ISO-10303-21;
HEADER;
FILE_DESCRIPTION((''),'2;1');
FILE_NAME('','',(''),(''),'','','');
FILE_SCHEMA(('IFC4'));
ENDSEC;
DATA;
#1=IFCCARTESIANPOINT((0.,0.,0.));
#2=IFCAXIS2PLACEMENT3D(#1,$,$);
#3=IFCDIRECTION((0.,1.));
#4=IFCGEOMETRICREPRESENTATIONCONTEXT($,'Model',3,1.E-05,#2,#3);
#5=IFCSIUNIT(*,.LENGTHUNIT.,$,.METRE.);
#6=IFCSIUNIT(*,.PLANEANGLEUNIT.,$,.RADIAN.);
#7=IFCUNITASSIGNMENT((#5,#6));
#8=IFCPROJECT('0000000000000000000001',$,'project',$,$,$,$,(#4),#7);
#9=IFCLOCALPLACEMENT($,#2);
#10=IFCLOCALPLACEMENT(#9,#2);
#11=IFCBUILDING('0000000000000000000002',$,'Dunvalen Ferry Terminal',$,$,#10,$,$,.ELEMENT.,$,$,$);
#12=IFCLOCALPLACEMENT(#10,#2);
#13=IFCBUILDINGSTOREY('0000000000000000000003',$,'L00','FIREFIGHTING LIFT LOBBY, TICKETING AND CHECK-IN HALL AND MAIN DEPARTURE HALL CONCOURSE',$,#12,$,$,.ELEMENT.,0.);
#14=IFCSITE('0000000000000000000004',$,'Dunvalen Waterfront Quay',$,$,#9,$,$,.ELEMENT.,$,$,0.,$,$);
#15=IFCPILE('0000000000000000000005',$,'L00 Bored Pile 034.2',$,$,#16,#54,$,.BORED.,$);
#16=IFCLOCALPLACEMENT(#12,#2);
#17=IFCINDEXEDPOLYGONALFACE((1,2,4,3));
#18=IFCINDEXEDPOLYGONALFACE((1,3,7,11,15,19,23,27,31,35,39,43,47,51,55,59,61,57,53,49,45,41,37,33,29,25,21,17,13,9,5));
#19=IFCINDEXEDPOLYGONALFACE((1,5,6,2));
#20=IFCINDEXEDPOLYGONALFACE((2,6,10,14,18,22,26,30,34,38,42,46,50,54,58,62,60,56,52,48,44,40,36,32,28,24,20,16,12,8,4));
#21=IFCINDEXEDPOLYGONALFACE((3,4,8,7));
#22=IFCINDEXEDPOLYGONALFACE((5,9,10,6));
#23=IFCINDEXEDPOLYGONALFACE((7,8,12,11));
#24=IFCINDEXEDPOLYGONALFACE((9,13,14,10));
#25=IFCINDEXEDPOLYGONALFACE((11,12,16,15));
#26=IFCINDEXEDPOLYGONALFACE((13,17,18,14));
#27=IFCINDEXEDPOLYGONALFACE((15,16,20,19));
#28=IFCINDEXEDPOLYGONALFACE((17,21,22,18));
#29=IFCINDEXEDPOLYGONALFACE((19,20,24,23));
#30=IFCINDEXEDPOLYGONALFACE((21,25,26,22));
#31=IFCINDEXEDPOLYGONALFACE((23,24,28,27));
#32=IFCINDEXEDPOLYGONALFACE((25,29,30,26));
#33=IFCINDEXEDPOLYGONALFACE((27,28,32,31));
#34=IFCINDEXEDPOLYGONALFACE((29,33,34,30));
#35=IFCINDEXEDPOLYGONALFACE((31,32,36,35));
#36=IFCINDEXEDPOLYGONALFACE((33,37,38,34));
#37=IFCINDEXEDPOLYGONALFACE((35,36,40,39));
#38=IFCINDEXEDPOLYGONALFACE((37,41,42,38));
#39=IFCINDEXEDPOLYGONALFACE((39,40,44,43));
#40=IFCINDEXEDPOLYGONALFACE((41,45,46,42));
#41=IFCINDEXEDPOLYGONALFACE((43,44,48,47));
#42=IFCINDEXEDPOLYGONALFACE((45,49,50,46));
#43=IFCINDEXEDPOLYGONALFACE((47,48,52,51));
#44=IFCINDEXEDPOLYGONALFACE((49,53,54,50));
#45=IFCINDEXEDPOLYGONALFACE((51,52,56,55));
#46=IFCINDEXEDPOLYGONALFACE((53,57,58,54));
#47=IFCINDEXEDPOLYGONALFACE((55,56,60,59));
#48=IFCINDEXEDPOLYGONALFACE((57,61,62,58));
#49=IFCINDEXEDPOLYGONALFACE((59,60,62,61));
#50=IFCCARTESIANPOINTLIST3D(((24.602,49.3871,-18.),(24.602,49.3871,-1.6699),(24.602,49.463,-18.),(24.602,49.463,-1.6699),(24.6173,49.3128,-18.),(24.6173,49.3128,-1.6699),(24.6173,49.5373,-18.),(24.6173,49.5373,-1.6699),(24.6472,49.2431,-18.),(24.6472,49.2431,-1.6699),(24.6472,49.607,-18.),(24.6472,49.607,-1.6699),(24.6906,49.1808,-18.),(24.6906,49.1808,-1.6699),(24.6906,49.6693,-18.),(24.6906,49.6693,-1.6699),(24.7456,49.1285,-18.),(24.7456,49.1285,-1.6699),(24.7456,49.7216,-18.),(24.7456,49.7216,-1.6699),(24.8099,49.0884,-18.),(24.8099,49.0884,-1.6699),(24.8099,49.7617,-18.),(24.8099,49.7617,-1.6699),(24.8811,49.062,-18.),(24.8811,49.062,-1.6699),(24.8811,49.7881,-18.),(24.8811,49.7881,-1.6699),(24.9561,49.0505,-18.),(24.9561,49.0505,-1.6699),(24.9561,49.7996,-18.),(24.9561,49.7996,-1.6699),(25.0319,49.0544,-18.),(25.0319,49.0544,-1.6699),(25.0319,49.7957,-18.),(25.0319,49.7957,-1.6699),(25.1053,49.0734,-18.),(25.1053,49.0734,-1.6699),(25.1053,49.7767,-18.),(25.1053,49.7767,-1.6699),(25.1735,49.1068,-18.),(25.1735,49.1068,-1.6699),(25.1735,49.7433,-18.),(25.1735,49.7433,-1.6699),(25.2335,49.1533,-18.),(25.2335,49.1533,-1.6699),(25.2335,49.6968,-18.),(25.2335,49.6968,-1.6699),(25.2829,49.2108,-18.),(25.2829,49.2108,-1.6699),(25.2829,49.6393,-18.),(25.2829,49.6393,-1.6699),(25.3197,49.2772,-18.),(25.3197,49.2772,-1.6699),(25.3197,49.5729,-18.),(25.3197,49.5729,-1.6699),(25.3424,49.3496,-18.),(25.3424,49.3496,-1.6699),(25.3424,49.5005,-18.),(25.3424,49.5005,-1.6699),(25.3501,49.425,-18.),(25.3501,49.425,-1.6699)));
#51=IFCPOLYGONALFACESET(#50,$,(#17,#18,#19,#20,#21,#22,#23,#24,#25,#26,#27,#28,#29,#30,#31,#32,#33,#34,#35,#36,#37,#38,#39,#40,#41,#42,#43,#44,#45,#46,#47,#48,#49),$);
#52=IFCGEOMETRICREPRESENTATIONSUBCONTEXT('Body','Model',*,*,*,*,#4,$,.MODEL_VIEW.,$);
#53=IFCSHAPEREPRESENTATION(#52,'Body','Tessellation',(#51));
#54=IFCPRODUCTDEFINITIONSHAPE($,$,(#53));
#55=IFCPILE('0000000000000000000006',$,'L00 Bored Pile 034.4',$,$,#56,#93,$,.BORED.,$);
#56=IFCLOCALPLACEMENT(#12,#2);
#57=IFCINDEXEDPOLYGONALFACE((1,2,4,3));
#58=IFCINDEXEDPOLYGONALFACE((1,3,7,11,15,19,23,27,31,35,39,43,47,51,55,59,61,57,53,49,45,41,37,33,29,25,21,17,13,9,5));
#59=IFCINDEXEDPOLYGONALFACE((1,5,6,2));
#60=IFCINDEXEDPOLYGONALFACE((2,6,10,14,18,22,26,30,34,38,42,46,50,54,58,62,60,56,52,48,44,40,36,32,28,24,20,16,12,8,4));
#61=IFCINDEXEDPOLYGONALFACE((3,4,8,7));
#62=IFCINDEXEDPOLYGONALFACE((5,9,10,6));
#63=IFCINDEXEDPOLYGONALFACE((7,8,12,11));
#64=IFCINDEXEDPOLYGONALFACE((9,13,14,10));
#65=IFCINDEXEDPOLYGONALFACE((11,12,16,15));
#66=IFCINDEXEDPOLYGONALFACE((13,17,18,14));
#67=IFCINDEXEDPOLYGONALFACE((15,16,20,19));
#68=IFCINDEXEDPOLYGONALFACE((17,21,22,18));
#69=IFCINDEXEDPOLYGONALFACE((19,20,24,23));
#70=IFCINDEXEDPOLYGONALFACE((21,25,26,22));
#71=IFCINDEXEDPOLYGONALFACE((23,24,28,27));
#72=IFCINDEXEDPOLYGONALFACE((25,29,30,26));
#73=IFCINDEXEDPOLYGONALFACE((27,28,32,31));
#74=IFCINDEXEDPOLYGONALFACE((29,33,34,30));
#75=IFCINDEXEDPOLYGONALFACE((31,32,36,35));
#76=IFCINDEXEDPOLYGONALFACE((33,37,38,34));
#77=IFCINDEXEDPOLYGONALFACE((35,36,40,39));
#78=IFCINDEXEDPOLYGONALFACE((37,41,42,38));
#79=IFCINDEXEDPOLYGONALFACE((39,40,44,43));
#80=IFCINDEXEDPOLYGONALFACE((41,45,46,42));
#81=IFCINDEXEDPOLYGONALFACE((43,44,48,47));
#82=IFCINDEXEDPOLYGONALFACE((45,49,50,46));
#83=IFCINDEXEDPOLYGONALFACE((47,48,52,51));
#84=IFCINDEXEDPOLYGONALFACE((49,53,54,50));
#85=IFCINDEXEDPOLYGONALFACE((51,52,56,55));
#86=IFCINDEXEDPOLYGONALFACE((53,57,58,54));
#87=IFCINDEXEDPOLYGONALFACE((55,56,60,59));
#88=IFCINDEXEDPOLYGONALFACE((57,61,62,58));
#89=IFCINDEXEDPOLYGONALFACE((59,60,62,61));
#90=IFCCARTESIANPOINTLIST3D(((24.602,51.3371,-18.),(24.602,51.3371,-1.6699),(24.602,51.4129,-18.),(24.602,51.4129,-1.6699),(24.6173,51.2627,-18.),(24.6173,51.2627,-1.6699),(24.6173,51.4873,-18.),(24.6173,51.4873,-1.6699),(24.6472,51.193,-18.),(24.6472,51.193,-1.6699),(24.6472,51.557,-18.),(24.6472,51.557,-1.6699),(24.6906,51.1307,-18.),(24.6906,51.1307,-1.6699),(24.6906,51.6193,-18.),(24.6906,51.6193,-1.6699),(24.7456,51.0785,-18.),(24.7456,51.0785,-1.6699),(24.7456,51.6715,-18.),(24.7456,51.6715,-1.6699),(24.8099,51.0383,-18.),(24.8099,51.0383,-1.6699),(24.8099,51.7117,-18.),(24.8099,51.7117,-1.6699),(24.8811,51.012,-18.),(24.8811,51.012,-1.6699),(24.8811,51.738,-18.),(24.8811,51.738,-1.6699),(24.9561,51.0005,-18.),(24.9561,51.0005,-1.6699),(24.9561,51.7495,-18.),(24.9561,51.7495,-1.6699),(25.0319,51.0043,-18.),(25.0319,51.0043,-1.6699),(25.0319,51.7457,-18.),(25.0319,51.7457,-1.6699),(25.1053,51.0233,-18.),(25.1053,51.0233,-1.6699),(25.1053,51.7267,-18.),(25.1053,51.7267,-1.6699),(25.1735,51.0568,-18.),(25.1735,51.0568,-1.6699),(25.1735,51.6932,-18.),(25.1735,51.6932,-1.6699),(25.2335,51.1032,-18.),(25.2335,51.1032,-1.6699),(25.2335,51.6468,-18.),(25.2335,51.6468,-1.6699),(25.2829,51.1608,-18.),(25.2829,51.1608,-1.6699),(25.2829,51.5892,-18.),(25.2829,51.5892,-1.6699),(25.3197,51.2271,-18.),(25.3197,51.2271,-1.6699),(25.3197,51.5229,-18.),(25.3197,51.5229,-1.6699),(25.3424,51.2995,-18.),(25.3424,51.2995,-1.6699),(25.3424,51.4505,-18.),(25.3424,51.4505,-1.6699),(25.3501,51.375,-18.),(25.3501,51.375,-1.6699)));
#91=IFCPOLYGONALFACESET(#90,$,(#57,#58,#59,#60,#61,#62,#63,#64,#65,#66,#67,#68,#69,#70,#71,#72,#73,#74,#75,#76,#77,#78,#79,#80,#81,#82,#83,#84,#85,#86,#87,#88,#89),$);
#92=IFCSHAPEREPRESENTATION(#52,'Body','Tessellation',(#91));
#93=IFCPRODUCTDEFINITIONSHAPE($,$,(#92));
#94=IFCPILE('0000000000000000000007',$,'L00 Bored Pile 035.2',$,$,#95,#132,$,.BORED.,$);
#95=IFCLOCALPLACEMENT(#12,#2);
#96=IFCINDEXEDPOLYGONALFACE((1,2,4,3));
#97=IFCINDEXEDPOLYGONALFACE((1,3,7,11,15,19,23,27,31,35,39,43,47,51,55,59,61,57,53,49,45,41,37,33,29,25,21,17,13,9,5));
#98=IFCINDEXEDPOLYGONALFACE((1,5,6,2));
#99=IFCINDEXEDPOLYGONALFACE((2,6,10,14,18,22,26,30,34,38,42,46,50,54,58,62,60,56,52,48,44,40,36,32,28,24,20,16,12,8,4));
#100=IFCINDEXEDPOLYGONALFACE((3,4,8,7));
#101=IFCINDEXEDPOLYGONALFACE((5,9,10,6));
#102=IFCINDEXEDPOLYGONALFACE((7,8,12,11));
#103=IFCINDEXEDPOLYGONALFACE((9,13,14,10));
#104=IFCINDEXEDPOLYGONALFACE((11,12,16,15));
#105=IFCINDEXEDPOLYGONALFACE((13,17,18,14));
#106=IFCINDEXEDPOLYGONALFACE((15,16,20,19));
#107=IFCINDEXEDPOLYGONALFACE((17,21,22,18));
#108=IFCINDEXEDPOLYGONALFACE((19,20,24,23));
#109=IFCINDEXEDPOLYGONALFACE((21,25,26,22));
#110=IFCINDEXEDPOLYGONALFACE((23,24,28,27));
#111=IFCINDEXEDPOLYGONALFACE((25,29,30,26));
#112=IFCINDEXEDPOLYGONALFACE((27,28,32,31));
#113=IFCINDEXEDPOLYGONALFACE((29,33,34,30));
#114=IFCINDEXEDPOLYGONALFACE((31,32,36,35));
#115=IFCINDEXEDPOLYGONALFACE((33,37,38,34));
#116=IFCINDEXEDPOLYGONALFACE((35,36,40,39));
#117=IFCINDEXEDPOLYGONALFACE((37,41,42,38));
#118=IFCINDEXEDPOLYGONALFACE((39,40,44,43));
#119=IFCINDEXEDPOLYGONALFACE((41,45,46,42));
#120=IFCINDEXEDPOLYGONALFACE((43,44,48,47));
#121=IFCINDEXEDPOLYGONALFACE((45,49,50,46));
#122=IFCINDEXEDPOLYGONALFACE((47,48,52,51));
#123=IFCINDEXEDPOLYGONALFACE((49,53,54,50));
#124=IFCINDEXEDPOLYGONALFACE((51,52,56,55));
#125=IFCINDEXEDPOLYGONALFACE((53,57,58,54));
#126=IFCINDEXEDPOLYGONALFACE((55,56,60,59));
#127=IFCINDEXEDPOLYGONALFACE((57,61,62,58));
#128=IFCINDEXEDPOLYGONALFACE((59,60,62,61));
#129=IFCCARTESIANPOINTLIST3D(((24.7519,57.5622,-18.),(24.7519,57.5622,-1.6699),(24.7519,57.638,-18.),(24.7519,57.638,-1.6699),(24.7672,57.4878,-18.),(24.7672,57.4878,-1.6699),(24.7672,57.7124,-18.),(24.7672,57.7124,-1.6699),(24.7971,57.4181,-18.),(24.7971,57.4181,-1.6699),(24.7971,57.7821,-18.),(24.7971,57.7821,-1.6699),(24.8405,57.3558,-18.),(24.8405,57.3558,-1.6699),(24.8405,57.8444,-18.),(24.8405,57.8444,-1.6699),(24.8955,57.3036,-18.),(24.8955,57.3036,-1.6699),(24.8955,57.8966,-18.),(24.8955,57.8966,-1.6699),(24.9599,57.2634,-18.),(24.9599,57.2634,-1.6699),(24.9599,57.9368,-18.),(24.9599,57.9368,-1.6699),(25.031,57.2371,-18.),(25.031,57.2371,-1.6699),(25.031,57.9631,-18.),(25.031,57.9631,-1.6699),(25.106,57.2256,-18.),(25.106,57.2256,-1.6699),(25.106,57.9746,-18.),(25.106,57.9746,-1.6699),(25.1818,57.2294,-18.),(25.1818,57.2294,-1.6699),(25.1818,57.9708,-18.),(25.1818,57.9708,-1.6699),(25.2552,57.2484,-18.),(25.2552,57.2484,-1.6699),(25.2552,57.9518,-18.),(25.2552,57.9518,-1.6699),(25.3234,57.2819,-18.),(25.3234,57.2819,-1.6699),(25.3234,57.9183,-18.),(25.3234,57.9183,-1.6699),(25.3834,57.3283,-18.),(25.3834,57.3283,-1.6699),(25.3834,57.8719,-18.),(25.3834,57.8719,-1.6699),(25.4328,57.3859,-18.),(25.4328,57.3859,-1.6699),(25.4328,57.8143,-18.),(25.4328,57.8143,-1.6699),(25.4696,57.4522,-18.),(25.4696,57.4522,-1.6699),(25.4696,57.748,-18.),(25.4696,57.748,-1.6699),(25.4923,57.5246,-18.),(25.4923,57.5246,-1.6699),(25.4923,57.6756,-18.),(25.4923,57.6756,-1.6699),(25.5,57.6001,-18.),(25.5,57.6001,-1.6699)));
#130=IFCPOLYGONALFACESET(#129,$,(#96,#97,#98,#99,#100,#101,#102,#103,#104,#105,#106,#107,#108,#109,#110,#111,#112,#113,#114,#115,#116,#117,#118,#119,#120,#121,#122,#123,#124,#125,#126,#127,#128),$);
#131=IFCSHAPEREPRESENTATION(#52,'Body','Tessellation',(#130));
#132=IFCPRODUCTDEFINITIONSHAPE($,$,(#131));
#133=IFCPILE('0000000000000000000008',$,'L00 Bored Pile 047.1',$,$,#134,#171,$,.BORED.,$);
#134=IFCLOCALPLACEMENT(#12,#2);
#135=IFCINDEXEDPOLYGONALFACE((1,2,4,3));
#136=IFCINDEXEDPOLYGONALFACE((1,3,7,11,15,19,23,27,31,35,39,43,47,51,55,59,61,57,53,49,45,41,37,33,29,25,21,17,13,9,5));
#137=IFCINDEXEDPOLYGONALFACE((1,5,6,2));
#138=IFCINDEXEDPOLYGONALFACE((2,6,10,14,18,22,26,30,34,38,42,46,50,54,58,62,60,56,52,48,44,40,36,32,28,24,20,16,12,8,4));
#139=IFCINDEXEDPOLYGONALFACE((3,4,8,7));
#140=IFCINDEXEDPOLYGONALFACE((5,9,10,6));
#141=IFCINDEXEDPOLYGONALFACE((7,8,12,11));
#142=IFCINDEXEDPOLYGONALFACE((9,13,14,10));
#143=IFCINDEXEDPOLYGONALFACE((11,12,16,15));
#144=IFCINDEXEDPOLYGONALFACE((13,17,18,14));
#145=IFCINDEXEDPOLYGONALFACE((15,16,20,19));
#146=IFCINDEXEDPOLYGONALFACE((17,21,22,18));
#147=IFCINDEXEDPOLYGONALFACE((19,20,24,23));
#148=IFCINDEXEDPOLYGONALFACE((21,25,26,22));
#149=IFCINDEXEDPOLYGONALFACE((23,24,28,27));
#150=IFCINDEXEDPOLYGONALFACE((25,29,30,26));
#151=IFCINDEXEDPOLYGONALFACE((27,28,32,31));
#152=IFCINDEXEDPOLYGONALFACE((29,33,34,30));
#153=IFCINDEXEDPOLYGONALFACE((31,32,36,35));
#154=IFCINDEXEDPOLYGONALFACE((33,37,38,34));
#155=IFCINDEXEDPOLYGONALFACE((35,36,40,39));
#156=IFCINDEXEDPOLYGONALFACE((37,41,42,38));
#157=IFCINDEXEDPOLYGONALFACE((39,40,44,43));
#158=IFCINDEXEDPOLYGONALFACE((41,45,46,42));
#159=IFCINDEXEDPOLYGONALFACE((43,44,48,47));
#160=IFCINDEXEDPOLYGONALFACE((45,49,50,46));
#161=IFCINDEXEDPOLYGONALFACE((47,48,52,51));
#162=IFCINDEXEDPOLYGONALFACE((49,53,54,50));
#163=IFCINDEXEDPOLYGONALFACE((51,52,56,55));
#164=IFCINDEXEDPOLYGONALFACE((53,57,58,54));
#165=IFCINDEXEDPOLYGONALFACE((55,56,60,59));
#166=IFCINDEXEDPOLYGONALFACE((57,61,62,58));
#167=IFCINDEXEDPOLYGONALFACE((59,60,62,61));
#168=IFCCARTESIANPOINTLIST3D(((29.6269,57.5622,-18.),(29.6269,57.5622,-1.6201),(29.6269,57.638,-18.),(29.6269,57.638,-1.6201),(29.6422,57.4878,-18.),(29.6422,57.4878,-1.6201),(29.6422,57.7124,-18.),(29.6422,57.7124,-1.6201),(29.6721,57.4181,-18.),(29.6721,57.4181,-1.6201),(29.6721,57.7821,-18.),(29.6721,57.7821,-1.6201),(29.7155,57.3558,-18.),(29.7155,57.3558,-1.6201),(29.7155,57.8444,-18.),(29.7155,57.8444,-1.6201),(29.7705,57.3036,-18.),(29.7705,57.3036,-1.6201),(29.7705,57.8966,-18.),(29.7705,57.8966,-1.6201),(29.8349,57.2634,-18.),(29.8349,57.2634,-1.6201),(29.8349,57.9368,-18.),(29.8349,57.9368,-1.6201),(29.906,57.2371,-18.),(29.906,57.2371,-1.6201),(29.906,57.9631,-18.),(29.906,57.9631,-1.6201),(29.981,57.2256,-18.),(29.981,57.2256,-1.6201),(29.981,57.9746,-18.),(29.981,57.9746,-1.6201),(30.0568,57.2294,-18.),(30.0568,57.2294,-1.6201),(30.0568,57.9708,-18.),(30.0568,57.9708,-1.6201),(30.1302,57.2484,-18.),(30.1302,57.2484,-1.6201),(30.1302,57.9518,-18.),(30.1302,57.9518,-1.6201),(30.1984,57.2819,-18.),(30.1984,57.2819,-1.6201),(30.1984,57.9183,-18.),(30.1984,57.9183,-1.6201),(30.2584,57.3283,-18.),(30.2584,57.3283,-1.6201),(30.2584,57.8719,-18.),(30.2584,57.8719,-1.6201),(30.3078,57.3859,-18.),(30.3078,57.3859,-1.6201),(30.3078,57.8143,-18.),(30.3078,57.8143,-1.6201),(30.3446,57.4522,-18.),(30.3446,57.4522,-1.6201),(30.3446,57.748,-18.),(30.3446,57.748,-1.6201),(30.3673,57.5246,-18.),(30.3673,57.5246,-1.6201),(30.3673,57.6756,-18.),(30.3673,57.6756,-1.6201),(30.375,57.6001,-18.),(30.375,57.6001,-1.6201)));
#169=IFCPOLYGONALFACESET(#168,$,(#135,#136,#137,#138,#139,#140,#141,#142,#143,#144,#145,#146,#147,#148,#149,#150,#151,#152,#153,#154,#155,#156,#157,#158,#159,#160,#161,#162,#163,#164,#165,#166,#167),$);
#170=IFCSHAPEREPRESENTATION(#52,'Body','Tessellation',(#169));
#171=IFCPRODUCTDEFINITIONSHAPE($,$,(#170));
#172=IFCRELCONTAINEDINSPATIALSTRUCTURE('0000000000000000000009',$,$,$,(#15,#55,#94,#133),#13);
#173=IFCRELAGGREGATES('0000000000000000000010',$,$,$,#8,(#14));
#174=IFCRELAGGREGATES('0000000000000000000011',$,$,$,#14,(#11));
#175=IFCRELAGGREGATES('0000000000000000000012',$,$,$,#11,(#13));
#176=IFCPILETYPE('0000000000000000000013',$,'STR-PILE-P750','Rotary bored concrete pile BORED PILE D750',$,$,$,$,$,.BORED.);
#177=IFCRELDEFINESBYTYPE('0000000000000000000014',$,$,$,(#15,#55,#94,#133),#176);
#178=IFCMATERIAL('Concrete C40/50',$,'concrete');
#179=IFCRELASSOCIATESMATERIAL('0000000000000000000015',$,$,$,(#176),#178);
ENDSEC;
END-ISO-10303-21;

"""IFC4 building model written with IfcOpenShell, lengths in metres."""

from ifc_helpers import new_model, si_unit, direction, frame, origin, origin_2d, place, context, subcontext, project, spatial, circle, extrude, material, material_profile, profile_set, type_object, element, save


model = new_model("IFC4")

# Units and contexts
model_context = context("Model", 3, precision=1e-05, world=origin(), true_north=direction((0.0, 1.0)))
body_context = subcontext(model_context, "Body", "Model", "MODEL_VIEW")
ifc_project = project(units=[si_unit("LENGTHUNIT", "METRE"), si_unit("PLANEANGLEUNIT", "RADIAN")], contexts=[model_context])

# Site, building, storey
site_placement = place(None, origin())
site = spatial("IfcSite", under=ifc_project, at=site_placement, Name="Dunvalen Waterfront Quay", CompositionType="ELEMENT", RefElevation=0.0)
building_placement = place(site_placement, origin())
building = spatial("IfcBuilding", under=site, at=building_placement, Name="Dunvalen Ferry Terminal", CompositionType="ELEMENT")
storey_placement = place(building_placement, origin())
storey = spatial("IfcBuildingStorey", under=building, at=storey_placement, Name="L00", Description="FIREFIGHTING LIFT LOBBY, TICKETING AND CHECK-IN HALL AND MAIN DEPARTURE HALL CONCOURSE", CompositionType="ELEMENT", Elevation=0.0)

# Shared definitions
ifc_material_1 = material(Name="Concrete C40/50", Category="concrete")

# Piles
ifc_material_profile_1 = material_profile(ifc_material_1, circle(Radius=0.375, at=origin_2d()), Name="Concrete C40/50")
ifc_profile_set_1 = profile_set([ifc_material_profile_1], Name="Concrete C40/50")
pile_type_1 = type_object("IfcPileType", Name="STR-PILE-P750", Description="Rotary bored concrete pile BORED PILE D750", PredefinedType="BORED", material=ifc_profile_set_1)
for number, where, z_axis, x_axis, name in (
    (1, (24.9751, 49.425, -1.6699), (0.0, 0.0, -1.0), (1.0, 0.0, 0.0), "L00 Bored Pile 034.2"),
    (2, (24.9751, 51.375, -1.6699), (0.0, 0.0, -1.0), (1.0, 0.0, 0.0), "L00 Bored Pile 034.4"),
    (3, (25.125, 57.6001, -1.6699), (0.0, 0.0, -1.0), (1.0, 0.0, 0.0), "L00 Bored Pile 035.2"),
):
    element("IfcPile", number, at=place(storey_placement, frame(where, z_axis=z_axis, x_axis=x_axis)), inside=storey, type_object=pile_type_1, Name=name, PredefinedType="BORED", context=body_context, shape_type="SweptSolid", body=[
        extrude(circle(Radius=0.375, at=origin_2d()), origin(), (0.0, 0.0, 1.0), 16.3301),
    ])
pile_1_placement = place(storey_placement, frame((30.0, 57.6001, -1.6201), z_axis=(0.0, 0.0, -1.0), x_axis=(1.0, 0.0, 0.0)))
element("IfcPile", 4, at=pile_1_placement, inside=storey, type_object=pile_type_1, Name="L00 Bored Pile 047.1", PredefinedType="BORED", context=body_context, shape_type="SweptSolid", body=[
    extrude(circle(Radius=0.375, at=origin_2d()), origin(), (0.0, 0.0, 1.0), 16.3799),
])

save(model, "model.ifc")
